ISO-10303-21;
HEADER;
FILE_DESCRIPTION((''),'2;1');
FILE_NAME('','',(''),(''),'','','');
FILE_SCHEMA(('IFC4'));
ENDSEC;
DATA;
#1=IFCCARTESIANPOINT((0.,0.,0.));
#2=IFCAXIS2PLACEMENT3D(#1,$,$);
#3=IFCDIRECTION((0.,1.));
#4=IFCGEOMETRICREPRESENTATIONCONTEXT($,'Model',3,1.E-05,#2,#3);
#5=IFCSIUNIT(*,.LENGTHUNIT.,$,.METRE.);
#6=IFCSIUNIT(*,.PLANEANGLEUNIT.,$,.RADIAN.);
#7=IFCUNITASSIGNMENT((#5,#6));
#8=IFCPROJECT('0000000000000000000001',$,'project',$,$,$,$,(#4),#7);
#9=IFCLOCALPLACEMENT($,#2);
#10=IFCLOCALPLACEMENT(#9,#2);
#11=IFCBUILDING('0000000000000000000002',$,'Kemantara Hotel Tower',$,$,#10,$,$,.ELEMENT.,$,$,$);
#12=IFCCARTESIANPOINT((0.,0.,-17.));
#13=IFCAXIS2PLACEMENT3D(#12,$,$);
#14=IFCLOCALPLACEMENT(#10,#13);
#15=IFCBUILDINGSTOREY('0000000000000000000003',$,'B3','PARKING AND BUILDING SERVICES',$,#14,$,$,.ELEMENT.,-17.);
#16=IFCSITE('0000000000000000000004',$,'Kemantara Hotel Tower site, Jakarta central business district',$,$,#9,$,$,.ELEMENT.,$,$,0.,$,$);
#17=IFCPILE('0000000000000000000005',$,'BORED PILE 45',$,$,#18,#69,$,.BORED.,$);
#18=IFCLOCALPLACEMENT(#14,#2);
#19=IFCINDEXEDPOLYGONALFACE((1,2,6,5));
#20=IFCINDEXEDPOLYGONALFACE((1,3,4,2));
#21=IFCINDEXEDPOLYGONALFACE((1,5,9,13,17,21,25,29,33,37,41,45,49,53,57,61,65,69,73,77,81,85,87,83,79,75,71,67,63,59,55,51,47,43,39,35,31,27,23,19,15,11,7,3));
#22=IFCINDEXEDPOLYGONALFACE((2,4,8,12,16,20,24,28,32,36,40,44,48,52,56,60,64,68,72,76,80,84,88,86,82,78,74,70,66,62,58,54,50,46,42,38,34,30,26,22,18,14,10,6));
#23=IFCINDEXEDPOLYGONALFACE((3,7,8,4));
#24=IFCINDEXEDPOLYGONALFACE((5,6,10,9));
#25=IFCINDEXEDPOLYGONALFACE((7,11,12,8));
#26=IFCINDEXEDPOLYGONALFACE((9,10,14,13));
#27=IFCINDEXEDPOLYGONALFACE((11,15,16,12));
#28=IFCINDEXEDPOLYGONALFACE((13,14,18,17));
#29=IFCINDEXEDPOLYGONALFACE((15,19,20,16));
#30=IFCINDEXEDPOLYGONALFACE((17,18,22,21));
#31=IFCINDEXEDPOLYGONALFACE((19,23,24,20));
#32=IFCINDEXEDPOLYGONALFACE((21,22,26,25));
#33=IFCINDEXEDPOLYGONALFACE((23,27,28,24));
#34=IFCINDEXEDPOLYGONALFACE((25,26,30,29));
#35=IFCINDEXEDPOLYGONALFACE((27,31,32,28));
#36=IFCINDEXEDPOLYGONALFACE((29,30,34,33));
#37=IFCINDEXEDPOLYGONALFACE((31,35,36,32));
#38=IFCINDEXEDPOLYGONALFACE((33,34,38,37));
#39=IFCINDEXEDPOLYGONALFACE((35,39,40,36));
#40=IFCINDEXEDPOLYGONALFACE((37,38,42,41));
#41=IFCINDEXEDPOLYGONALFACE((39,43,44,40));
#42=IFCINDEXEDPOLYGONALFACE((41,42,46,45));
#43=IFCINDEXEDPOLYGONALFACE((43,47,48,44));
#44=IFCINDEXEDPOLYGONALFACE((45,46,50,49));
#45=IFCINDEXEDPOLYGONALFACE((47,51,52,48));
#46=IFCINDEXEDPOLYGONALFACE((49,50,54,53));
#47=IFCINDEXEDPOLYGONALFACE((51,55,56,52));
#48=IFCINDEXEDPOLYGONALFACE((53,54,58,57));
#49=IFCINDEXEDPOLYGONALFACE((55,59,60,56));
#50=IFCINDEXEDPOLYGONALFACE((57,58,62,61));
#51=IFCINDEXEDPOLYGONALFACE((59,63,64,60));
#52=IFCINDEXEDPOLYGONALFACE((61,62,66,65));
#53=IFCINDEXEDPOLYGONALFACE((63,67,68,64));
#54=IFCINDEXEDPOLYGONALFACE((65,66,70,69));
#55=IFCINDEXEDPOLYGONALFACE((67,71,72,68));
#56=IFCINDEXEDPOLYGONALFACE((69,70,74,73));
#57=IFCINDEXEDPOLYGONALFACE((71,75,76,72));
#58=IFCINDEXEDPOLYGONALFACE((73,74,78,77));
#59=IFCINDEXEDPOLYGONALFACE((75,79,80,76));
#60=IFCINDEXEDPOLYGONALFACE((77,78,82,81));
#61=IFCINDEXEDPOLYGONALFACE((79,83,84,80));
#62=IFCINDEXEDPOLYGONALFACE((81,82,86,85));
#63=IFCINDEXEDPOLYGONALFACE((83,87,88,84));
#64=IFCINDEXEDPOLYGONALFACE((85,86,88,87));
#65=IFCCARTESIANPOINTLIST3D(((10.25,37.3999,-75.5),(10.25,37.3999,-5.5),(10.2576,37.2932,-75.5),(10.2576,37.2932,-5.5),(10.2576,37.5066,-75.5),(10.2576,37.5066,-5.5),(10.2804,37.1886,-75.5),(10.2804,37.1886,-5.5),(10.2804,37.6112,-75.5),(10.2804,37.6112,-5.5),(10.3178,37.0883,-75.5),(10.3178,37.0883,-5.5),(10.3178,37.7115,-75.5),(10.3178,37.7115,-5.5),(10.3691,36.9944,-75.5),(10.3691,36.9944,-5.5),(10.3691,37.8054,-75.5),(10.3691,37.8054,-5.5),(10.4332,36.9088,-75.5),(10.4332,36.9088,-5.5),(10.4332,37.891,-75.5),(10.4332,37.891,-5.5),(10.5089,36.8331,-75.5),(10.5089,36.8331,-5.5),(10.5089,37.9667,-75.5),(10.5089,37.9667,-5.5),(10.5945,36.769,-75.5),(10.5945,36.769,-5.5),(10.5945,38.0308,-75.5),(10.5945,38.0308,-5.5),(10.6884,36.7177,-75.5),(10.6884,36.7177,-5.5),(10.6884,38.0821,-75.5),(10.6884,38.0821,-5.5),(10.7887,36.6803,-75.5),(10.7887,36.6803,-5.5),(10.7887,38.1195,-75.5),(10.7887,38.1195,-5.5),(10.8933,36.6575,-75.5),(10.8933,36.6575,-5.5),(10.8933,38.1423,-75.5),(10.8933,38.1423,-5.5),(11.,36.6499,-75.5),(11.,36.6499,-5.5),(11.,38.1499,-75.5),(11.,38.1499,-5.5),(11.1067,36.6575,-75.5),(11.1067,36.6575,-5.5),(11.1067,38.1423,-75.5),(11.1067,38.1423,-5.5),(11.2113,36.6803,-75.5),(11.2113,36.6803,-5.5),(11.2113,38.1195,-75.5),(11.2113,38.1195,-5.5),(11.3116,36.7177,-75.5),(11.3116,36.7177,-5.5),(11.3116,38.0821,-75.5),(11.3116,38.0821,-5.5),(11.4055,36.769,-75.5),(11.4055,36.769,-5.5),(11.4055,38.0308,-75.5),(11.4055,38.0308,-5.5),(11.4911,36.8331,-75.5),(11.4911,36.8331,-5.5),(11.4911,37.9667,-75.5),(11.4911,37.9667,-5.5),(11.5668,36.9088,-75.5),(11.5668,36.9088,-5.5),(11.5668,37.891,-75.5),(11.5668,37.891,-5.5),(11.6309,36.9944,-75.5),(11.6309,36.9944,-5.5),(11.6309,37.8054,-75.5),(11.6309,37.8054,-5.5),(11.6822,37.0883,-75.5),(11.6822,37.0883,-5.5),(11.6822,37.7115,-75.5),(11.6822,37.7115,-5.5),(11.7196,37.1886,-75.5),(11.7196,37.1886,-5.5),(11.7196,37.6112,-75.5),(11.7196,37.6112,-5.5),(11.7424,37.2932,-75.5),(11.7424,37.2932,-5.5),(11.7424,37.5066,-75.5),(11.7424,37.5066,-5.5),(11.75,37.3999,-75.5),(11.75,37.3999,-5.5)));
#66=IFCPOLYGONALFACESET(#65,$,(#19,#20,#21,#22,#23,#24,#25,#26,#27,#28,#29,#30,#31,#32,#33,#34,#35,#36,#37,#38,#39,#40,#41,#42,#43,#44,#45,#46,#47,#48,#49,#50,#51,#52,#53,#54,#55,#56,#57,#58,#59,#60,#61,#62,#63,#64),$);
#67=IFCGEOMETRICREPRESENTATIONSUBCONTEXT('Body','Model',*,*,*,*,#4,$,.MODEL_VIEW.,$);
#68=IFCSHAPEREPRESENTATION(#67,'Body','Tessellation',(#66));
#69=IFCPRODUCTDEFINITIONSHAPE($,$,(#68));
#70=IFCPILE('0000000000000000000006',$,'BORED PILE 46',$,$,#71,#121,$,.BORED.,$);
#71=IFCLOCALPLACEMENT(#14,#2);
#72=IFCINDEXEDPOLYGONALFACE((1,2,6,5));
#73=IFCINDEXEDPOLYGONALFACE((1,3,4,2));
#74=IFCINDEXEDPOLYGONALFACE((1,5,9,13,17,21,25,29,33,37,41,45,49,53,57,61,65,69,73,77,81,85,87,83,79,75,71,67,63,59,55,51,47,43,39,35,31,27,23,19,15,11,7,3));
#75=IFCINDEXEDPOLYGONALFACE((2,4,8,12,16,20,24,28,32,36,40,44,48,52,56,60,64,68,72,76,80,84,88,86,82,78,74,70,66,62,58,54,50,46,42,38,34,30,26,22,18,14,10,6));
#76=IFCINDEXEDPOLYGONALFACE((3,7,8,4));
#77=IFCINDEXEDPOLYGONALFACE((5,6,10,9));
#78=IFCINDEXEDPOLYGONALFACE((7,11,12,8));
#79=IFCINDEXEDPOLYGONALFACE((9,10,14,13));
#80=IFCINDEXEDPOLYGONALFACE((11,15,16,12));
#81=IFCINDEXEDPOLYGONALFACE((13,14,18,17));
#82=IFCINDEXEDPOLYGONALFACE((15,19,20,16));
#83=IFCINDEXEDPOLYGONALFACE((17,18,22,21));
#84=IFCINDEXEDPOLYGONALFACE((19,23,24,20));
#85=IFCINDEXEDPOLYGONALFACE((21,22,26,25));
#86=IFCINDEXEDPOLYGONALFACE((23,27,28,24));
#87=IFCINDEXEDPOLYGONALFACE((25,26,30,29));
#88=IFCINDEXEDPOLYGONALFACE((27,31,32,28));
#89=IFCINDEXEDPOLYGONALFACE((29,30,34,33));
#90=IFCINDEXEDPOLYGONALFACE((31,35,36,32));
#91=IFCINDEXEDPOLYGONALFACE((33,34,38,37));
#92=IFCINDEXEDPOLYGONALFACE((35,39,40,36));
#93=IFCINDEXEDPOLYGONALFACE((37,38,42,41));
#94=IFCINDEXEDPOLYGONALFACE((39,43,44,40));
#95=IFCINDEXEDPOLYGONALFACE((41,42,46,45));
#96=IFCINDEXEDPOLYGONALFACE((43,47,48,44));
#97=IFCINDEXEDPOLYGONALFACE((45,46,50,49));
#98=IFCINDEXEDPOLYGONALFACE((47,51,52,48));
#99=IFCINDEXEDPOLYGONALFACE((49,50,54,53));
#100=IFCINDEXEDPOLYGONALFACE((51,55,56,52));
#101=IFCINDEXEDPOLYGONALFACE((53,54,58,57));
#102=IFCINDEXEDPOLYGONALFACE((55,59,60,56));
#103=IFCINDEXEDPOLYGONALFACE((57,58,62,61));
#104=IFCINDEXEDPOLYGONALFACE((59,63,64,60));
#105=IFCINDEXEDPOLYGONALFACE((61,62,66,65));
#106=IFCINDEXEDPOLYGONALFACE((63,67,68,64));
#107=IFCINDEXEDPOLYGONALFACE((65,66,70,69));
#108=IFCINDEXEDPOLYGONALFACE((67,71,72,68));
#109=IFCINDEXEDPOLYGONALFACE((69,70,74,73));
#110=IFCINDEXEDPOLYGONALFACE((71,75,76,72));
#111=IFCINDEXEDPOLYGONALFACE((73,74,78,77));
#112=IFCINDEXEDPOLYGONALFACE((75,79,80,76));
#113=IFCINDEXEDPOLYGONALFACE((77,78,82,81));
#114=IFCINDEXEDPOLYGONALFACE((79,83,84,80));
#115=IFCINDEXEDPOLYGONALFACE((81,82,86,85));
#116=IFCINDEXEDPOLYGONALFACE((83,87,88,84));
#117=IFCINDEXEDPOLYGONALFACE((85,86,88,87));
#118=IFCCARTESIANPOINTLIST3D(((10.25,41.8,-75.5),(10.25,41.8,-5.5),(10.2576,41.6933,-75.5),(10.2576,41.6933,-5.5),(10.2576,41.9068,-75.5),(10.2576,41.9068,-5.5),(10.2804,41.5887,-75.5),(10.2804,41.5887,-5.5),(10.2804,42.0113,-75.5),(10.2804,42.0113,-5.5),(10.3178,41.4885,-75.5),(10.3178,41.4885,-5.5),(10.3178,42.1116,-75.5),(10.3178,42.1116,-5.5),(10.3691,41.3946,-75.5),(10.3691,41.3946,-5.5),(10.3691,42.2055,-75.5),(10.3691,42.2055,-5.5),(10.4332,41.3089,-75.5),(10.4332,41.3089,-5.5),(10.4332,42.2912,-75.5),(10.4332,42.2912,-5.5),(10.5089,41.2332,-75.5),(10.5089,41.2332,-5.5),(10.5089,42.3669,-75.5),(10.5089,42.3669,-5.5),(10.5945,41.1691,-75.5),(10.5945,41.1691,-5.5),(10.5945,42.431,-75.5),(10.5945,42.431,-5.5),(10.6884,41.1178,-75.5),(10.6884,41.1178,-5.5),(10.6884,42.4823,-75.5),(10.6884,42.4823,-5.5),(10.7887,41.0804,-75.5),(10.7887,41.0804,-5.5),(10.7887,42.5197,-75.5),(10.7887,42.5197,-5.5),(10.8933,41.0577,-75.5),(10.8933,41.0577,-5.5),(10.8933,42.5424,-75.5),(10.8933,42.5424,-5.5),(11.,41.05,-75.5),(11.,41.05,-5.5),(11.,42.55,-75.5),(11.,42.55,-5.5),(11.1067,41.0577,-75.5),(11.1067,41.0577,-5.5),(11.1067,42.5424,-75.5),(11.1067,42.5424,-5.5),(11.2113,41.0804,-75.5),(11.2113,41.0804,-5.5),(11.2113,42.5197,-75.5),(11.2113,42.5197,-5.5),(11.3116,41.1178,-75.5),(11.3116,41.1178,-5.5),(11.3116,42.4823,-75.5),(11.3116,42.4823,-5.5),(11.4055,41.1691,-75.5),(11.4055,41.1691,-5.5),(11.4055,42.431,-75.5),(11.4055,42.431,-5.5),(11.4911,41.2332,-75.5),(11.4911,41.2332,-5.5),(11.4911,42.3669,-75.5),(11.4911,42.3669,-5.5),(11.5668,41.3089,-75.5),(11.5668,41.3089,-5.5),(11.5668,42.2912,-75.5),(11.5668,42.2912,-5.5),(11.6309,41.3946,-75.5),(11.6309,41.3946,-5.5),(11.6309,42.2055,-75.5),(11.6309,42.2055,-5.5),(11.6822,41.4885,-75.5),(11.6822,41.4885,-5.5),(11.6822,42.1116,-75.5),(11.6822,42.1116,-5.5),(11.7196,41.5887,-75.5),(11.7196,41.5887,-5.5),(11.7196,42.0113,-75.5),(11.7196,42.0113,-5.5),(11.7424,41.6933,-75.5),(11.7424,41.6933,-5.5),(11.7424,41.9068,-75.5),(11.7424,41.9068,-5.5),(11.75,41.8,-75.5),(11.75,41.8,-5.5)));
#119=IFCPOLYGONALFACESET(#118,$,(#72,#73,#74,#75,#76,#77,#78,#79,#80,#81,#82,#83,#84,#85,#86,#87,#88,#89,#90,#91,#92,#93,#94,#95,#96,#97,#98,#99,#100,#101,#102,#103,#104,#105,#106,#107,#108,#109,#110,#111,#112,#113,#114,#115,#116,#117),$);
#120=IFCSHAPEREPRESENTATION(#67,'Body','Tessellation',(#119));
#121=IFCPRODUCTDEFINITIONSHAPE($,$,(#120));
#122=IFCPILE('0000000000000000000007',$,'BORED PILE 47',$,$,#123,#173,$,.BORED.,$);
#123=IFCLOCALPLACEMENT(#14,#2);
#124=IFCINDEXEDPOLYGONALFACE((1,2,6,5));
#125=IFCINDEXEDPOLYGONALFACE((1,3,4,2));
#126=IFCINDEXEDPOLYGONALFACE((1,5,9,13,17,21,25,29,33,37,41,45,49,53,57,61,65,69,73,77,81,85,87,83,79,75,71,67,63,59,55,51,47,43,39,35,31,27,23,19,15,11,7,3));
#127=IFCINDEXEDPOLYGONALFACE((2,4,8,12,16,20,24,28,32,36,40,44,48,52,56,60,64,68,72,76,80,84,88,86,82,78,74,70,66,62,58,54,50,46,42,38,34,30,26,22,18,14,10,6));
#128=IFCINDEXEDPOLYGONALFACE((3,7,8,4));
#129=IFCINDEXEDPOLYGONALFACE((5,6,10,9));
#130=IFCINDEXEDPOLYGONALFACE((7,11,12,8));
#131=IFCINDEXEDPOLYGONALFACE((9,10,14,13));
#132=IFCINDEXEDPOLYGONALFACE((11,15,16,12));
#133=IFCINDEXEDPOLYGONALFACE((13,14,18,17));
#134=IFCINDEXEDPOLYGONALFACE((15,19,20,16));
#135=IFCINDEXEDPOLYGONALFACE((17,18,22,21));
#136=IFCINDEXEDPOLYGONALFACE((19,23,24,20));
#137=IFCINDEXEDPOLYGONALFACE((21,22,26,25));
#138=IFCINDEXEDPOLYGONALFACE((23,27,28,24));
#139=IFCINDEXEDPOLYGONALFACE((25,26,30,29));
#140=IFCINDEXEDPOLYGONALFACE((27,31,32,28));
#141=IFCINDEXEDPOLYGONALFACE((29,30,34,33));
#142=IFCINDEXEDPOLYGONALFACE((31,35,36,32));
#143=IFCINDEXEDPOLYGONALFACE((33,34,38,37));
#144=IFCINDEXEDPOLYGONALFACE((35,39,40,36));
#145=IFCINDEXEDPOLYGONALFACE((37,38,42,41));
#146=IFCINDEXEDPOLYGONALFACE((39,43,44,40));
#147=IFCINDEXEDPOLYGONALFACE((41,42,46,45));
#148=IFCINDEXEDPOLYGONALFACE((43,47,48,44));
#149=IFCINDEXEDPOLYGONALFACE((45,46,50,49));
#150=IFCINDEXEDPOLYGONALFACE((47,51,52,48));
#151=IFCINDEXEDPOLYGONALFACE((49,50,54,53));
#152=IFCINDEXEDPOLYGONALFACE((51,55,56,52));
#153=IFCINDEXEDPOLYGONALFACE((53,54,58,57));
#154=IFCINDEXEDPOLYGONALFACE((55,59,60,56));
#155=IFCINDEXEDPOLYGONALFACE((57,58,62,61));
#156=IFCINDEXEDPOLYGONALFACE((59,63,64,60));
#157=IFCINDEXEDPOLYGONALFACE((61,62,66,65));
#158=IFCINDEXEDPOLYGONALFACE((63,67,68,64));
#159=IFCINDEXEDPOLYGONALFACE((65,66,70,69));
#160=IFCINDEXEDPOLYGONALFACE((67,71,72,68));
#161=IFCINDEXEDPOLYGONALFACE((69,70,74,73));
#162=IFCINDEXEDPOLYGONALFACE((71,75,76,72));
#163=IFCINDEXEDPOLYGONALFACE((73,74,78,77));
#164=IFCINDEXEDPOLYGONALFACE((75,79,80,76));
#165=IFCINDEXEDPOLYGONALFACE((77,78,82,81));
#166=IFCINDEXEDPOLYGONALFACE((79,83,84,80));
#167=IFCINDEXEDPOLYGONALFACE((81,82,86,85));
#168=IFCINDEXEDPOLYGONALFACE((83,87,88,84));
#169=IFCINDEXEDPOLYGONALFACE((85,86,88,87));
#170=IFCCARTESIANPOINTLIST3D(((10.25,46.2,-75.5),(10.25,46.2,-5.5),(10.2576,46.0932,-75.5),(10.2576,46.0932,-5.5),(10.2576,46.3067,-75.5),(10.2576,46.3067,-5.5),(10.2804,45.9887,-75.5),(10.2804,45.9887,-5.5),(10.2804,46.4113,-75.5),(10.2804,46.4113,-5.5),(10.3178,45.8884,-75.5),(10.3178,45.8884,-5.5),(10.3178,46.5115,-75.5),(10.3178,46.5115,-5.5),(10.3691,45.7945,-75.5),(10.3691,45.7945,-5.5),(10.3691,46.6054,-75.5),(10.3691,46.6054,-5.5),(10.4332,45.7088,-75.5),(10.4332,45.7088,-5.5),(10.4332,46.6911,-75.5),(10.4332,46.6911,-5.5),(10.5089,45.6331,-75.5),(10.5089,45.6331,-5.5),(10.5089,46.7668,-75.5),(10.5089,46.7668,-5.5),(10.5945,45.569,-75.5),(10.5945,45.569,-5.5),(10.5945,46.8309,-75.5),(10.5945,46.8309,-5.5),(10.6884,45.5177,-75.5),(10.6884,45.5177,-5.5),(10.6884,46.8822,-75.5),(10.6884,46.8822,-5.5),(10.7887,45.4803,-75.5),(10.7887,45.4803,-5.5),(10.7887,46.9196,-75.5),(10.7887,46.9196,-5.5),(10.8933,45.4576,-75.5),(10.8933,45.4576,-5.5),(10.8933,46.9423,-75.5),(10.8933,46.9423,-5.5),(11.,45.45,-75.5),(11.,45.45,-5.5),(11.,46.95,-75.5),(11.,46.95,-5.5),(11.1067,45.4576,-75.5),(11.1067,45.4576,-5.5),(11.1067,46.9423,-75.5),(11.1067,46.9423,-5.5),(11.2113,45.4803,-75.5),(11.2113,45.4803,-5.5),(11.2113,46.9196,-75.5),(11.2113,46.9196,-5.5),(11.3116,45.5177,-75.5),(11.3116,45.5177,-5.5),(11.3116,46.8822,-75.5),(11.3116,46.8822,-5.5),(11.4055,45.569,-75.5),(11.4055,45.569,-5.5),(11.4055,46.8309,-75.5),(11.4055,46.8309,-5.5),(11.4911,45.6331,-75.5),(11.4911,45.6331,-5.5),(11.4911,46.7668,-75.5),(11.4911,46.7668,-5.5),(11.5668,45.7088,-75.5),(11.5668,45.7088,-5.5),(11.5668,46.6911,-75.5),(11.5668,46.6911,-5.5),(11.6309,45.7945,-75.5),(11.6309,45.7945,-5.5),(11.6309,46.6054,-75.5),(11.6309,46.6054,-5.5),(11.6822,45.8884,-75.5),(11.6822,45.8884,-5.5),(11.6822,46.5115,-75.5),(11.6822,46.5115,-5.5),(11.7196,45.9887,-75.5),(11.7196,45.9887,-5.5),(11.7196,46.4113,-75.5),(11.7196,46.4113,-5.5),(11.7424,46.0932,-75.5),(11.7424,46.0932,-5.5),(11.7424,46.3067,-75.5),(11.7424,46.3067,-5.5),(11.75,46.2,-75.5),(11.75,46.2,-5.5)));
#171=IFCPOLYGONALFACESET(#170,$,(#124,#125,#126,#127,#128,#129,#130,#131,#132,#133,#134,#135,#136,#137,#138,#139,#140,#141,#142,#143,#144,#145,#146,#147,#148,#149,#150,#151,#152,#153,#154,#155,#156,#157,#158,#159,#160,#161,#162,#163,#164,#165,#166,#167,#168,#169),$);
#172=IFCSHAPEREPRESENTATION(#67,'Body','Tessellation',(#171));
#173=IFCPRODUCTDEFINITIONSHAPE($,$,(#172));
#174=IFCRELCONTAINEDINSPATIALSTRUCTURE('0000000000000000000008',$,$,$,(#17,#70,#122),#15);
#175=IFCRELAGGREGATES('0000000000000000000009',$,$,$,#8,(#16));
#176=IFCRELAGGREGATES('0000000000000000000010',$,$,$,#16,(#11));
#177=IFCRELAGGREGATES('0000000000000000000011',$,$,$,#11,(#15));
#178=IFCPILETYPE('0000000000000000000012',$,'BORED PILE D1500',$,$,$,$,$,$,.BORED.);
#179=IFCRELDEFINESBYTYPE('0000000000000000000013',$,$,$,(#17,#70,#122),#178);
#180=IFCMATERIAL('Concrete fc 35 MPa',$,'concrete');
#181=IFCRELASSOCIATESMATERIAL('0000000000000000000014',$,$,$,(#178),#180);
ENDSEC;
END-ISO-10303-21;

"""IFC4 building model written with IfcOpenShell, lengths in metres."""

from ifc_helpers import new_model, si_unit, direction, frame, origin, origin_2d, place, context, subcontext, project, spatial, circle, extrude, material, material_profile, profile_set, type_object, element, save


model = new_model("IFC4")

# Units and contexts
model_context = context("Model", 3, precision=1e-05, world=origin(), true_north=direction((0.0, 1.0)))
body_context = subcontext(model_context, "Body", "Model", "MODEL_VIEW")
ifc_project = project(units=[si_unit("LENGTHUNIT", "METRE"), si_unit("PLANEANGLEUNIT", "RADIAN")], contexts=[model_context])

# Site, building, storey
site_placement = place(None, origin())
site = spatial("IfcSite", under=ifc_project, at=site_placement, Name="Kemantara Hotel Tower site, Jakarta central business district", CompositionType="ELEMENT", RefElevation=0.0)
building_placement = place(site_placement, origin())
building = spatial("IfcBuilding", under=site, at=building_placement, Name="Kemantara Hotel Tower", CompositionType="ELEMENT")
storey_placement = place(building_placement, frame((0.0, 0.0, -17.0)))
storey = spatial("IfcBuildingStorey", under=building, at=storey_placement, Name="B3", Description="PARKING AND BUILDING SERVICES", CompositionType="ELEMENT", Elevation=-17.0)

# Piles
ifc_material_1 = material(Name="Concrete fc 35 MPa", Category="concrete")
ifc_material_profile_1 = material_profile(ifc_material_1, circle(Radius=0.75, at=origin_2d()), Name="BORED PILE D1500")
ifc_profile_set_1 = profile_set([ifc_material_profile_1], Name="Concrete fc 35 MPa")
pile_type = type_object("IfcPileType", Name="BORED PILE D1500", PredefinedType="BORED", material=ifc_profile_set_1)
for number, where, z_axis, x_axis, name in (
    (1, (11.0, 37.3999, -5.5), (0.0, 0.0, -1.0), (1.0, 0.0, 0.0), "BORED PILE 45"),
    (2, (11.0, 41.8, -5.5), (0.0, 0.0, -1.0), (1.0, 0.0, 0.0), "BORED PILE 46"),
    (3, (11.0, 46.2, -5.5), (0.0, 0.0, -1.0), (1.0, 0.0, 0.0), "BORED PILE 47"),
):
    element("IfcPile", number, at=place(storey_placement, frame(where, z_axis=z_axis, x_axis=x_axis)), inside=storey, type_object=pile_type, Name=name, PredefinedType="BORED", context=body_context, shape_type="SweptSolid", body=[
        extrude(circle(Radius=0.75, at=origin_2d()), origin(), (0.0, 0.0, 1.0), 70.0),
    ])

save(model, "model.ifc")
